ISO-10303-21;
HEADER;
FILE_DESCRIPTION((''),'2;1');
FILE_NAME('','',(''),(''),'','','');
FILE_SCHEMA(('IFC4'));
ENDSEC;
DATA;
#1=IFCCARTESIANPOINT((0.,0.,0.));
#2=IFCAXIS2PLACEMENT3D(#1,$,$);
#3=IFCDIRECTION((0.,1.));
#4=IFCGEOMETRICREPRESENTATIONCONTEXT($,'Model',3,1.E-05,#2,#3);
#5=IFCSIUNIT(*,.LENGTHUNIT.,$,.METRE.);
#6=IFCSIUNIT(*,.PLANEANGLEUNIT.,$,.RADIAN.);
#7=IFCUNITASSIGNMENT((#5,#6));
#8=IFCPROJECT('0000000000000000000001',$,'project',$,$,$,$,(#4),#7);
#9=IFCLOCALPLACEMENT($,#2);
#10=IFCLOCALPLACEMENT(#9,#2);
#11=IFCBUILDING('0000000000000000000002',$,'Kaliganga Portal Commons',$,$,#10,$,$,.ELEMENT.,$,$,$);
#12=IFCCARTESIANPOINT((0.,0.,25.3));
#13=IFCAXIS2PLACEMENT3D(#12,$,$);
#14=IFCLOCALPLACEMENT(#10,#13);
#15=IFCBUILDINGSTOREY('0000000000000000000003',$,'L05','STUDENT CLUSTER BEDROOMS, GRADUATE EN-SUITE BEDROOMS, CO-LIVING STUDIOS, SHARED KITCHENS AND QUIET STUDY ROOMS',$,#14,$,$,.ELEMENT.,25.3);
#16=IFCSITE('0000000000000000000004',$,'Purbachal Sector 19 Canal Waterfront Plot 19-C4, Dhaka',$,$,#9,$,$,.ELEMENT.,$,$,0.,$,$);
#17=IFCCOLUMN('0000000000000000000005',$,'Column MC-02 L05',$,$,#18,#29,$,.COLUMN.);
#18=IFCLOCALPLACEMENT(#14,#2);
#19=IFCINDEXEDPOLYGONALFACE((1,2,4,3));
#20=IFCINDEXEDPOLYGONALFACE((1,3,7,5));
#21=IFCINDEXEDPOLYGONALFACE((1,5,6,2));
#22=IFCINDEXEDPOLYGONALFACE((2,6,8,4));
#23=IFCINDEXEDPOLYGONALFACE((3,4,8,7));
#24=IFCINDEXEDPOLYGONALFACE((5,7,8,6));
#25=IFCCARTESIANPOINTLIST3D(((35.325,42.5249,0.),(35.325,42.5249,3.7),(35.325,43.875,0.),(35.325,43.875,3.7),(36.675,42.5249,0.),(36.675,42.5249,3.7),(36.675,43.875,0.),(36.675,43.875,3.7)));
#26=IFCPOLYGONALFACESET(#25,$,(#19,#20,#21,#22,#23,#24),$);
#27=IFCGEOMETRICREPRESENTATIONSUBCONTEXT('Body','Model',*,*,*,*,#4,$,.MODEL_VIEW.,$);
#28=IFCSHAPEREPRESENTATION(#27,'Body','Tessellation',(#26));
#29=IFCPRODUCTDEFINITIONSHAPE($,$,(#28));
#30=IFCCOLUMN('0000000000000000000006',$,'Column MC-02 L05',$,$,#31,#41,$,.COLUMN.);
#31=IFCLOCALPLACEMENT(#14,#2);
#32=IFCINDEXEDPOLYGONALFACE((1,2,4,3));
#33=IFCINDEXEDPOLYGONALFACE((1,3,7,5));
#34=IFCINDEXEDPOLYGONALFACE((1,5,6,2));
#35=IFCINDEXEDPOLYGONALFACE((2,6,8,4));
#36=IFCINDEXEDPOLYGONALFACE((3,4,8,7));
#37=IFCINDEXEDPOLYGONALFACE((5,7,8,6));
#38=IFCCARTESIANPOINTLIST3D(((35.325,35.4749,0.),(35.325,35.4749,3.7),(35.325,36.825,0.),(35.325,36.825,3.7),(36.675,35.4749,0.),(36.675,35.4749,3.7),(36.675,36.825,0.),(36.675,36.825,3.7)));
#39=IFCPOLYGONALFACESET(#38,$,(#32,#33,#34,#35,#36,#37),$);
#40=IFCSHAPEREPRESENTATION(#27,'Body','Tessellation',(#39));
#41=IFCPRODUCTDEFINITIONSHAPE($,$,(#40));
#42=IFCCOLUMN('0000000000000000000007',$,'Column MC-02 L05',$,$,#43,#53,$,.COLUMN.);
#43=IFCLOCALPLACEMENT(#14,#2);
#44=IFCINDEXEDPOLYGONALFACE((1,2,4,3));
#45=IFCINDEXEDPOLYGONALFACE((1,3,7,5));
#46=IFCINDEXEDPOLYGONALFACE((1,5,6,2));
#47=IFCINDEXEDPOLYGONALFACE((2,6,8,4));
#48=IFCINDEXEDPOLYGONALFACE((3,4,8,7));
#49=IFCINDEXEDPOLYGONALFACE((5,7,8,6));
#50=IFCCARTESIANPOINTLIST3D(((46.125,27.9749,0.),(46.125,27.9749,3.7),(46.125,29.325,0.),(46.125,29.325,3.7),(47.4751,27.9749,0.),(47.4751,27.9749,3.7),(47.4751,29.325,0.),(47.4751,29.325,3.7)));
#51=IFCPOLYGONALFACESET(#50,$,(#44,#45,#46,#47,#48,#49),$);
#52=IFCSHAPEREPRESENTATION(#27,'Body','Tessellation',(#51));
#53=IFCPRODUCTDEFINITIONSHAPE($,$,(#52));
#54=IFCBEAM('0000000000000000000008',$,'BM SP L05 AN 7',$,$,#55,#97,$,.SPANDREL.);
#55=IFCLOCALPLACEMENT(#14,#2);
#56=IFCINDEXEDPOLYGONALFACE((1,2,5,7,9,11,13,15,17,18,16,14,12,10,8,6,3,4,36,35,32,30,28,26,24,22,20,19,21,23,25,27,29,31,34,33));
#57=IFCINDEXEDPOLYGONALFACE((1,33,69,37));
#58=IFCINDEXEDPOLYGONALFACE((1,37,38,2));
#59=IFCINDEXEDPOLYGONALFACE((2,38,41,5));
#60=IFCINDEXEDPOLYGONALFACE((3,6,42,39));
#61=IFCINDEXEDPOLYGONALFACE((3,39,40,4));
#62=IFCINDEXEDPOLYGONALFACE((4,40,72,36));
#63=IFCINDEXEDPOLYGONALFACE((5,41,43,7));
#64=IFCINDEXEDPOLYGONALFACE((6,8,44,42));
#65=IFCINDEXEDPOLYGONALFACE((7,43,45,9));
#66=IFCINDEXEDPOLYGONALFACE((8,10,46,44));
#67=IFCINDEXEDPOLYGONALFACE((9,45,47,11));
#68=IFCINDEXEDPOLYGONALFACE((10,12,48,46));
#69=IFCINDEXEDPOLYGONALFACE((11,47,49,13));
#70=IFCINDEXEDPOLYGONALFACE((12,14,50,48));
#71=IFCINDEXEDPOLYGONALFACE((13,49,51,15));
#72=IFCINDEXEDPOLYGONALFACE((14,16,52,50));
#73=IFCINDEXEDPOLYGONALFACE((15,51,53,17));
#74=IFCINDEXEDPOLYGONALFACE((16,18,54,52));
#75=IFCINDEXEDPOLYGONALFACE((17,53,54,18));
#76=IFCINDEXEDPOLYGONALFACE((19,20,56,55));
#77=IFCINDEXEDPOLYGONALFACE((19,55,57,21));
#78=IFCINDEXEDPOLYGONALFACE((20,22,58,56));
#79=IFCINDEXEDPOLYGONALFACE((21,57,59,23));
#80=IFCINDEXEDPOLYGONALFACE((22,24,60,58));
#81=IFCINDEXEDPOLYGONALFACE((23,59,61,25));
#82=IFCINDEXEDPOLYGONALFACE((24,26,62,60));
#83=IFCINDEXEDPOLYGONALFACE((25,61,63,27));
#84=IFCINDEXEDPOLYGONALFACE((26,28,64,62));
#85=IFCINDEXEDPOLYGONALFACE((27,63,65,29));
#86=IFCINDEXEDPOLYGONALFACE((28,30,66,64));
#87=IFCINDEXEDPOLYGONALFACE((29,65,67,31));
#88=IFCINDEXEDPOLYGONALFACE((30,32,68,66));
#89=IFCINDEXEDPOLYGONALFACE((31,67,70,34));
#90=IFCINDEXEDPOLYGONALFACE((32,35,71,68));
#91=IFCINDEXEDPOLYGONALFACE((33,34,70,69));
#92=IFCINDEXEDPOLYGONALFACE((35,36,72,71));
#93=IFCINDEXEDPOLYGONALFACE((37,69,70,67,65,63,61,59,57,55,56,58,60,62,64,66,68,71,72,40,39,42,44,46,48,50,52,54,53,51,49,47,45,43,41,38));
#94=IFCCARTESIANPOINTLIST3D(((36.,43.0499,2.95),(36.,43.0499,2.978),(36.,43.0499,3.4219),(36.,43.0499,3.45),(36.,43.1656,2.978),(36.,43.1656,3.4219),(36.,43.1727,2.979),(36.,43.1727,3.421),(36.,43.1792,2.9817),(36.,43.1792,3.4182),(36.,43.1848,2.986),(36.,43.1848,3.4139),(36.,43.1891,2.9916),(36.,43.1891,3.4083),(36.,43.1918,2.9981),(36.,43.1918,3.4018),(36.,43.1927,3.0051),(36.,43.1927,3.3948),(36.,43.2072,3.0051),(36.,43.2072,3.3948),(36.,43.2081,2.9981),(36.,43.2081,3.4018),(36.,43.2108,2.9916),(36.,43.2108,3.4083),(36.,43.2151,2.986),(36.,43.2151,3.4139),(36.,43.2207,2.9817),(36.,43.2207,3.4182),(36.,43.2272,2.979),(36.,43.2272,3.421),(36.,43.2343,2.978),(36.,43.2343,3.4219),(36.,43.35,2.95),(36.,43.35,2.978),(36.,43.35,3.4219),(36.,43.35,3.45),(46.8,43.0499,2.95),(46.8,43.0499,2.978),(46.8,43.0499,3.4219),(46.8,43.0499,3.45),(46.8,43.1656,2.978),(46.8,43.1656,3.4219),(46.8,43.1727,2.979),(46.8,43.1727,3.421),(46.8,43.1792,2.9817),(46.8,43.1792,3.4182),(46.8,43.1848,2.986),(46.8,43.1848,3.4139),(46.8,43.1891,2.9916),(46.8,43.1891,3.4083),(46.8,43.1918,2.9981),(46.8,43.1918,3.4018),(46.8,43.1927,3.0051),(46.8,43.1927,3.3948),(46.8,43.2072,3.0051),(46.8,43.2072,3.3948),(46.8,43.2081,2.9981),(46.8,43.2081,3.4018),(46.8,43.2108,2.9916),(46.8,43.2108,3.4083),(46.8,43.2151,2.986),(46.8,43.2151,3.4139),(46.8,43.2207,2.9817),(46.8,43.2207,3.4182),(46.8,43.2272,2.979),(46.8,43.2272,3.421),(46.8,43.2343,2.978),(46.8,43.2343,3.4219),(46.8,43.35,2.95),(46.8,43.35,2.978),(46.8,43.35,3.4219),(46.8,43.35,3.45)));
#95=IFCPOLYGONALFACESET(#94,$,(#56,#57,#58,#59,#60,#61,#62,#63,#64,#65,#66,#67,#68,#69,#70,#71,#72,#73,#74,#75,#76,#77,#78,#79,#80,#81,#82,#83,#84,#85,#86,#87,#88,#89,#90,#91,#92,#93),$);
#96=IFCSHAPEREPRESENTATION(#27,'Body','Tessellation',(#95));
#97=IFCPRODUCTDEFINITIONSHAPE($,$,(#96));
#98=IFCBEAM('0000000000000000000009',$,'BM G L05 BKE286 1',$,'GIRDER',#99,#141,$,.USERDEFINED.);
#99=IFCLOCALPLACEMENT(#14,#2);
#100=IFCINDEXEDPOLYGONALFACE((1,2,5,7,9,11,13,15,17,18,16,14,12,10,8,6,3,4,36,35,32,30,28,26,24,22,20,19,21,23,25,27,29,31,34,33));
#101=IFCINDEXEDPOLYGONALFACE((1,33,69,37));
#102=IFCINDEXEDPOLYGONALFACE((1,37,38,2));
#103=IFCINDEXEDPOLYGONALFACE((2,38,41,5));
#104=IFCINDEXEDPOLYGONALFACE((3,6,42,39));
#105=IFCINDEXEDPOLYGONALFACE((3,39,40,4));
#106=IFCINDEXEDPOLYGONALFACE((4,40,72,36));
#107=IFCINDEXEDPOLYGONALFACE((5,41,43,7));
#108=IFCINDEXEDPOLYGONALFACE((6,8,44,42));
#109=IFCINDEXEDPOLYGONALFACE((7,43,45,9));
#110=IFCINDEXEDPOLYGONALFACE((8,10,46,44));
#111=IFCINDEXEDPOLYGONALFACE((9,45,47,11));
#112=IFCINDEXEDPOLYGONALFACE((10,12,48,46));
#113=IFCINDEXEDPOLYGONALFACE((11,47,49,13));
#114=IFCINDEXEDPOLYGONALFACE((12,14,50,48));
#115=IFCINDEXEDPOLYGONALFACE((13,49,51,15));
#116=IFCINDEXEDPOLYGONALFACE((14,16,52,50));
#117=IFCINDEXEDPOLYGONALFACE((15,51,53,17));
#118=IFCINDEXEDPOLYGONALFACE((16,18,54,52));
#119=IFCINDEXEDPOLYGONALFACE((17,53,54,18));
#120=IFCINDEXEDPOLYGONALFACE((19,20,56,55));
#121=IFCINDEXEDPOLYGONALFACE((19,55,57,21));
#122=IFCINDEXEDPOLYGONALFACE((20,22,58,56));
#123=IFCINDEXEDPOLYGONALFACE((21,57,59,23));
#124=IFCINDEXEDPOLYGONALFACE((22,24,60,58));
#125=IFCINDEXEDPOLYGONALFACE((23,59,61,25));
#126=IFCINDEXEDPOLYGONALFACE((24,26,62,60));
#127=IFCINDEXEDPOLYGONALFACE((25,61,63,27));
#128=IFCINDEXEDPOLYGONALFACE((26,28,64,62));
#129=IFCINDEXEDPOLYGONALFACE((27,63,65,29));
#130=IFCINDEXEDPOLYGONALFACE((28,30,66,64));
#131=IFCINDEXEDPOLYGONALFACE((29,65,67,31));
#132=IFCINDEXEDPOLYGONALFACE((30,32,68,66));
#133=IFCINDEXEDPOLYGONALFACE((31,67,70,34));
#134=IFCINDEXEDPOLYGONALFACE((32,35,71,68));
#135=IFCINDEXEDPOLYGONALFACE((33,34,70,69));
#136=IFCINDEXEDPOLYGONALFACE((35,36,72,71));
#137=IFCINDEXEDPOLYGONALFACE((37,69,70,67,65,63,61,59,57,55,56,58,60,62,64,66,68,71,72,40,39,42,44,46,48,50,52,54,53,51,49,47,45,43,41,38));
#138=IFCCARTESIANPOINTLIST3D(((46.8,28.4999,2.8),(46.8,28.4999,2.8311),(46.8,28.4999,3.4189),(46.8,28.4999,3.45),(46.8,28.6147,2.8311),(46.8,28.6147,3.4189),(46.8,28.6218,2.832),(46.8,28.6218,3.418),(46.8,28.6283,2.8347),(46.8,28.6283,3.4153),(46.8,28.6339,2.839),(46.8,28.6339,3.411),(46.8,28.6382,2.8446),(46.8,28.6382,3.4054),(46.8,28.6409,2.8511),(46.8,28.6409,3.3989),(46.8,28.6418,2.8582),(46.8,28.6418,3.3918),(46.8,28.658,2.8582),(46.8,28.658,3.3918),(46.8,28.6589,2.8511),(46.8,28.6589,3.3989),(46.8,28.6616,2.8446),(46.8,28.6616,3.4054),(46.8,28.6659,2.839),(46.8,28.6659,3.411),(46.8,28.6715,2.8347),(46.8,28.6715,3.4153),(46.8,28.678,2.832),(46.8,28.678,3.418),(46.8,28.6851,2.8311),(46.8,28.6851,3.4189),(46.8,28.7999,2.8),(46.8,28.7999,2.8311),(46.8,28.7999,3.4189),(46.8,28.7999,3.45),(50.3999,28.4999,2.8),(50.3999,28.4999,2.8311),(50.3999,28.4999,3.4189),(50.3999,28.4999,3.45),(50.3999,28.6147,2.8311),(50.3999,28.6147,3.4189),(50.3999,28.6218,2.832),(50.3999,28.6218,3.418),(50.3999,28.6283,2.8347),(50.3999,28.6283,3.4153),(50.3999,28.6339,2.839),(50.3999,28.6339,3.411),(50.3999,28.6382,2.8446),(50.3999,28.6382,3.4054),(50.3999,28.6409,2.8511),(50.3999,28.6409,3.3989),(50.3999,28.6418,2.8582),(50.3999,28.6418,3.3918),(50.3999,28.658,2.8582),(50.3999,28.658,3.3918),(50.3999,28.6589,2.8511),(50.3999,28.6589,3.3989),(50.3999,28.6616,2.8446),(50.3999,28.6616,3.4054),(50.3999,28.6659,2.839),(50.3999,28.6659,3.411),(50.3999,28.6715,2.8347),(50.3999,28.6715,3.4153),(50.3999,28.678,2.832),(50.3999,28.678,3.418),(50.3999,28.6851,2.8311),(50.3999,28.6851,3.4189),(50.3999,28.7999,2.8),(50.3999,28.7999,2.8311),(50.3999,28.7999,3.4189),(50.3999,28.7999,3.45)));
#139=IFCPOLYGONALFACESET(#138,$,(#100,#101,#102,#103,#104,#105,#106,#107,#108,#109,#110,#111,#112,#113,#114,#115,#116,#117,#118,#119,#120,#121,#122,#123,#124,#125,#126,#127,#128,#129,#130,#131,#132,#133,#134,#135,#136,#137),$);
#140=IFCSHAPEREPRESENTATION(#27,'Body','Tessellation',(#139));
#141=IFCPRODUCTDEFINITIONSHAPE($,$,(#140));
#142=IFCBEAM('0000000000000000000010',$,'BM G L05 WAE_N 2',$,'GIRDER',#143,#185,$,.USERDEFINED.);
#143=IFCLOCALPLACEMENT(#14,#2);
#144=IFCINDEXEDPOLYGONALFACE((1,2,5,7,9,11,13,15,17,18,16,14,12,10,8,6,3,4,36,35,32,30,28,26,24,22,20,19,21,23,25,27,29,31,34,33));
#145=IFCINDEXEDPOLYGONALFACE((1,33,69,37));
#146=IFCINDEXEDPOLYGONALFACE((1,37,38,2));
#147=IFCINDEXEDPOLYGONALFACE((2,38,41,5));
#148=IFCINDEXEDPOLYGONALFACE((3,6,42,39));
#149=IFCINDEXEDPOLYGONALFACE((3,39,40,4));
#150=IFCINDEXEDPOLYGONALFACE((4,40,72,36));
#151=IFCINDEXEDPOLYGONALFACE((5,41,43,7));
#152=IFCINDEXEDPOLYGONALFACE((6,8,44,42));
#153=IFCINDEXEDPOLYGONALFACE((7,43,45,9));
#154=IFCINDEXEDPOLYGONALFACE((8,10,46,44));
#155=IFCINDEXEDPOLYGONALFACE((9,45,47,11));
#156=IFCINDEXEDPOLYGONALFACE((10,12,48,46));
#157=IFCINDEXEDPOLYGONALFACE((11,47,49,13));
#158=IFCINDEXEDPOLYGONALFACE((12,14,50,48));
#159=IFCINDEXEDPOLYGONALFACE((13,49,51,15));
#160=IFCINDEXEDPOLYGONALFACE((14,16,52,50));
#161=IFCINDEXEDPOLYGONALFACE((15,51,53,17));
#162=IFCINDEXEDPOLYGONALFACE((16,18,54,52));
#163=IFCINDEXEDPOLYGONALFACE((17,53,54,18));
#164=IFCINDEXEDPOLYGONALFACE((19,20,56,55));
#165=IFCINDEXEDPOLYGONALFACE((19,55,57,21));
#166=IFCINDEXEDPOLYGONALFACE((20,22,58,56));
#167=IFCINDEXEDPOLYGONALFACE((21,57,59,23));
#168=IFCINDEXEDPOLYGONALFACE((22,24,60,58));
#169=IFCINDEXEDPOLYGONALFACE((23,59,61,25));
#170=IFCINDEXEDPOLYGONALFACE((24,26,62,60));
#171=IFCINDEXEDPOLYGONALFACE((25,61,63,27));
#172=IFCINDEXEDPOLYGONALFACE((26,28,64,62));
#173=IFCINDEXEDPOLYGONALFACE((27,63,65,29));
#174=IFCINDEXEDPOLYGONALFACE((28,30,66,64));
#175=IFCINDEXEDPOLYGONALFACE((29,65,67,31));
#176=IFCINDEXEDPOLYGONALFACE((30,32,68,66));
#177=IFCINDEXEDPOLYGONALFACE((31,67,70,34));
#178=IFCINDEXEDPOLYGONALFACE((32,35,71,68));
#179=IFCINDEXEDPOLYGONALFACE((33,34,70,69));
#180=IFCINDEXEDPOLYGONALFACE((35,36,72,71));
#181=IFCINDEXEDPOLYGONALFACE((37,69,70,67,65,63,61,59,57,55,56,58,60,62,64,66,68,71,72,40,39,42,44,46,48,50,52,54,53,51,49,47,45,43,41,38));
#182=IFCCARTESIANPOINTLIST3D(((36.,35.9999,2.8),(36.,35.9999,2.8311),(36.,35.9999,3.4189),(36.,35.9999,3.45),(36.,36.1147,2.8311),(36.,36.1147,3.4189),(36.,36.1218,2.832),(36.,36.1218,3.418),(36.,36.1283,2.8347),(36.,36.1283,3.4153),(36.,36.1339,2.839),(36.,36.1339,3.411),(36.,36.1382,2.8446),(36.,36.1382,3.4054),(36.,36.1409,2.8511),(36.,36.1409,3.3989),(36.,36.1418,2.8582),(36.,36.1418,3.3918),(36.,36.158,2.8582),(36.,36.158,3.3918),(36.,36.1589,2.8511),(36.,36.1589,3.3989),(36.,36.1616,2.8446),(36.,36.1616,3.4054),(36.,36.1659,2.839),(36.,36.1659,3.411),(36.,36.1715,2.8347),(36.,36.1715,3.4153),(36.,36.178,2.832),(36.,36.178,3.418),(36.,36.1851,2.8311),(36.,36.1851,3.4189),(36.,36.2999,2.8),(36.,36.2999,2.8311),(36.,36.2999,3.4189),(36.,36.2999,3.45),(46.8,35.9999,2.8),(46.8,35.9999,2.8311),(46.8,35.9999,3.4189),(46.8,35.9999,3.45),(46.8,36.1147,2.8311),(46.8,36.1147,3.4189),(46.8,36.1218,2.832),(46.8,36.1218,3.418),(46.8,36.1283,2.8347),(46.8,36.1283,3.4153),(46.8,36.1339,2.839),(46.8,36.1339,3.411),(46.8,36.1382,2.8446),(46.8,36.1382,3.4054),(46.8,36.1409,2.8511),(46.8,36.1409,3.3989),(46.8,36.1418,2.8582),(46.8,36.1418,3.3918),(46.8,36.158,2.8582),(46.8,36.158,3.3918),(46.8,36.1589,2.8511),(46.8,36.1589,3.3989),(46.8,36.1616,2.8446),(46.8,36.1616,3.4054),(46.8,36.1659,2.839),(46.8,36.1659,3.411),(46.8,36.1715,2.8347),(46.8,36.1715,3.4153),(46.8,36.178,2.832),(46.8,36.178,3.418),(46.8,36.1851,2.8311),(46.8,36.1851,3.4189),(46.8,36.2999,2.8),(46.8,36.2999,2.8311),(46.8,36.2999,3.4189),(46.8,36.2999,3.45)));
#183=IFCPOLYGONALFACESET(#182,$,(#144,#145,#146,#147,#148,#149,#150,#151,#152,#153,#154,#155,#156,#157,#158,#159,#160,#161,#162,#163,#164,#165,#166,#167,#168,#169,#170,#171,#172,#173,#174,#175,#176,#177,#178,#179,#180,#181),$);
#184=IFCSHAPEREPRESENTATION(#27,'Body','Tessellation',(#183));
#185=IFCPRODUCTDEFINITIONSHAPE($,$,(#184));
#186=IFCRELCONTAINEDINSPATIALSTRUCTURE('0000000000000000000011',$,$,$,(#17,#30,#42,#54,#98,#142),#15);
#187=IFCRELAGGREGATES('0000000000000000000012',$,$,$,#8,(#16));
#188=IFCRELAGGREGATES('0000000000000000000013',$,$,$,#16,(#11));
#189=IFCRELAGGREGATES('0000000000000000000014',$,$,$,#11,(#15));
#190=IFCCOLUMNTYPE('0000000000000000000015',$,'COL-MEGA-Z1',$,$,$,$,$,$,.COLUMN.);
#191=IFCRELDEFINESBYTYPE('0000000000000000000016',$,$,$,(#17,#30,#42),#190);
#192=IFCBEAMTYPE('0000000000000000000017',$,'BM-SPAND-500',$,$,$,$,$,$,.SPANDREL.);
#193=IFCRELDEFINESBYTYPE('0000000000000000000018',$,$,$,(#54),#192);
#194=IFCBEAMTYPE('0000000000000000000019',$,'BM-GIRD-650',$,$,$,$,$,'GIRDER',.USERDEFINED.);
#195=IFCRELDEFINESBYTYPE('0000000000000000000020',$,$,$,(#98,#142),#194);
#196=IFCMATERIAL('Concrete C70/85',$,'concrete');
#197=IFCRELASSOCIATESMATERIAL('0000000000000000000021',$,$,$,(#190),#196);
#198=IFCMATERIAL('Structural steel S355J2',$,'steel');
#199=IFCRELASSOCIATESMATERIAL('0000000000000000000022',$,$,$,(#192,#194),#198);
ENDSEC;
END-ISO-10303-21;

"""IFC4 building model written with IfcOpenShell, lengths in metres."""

from ifc_helpers import new_model, si_unit, direction, frame, origin, origin_2d, place, context, subcontext, project, spatial, rectangle, i_section, extrude, source, transform, mapped, material, material_profile, profile_set, type_object, element, save


model = new_model("IFC4")

# Units and contexts
model_context = context("Model", 3, precision=1e-05, world=origin(), true_north=direction((0.0, 1.0)))
body_context = subcontext(model_context, "Body", "Model", "MODEL_VIEW")
ifc_project = project(units=[si_unit("LENGTHUNIT", "METRE"), si_unit("PLANEANGLEUNIT", "RADIAN")], contexts=[model_context])

# Site, building, storey
site_placement = place(None, origin())
site = spatial("IfcSite", under=ifc_project, at=site_placement, Name="Purbachal Sector 19 Canal Waterfront Plot 19-C4, Dhaka", CompositionType="ELEMENT", RefElevation=0.0)
building_placement = place(site_placement, origin())
building = spatial("IfcBuilding", under=site, at=building_placement, Name="Kaliganga Portal Commons", CompositionType="ELEMENT")
storey_placement = place(building_placement, frame((0.0, 0.0, 25.3)))
storey = spatial("IfcBuildingStorey", under=building, at=storey_placement, Name="L05", Description="STUDENT CLUSTER BEDROOMS, GRADUATE EN-SUITE BEDROOMS, CO-LIVING STUDIOS, SHARED KITCHENS AND QUIET STUDY ROOMS", CompositionType="ELEMENT", Elevation=25.3)

# Columns
ifc_material_1 = material(Name="Concrete C70/85", Category="concrete")
ifc_material_profile_1 = material_profile(ifc_material_1, rectangle(XDim=1.3501, YDim=1.3501, at=origin_2d()), Name="RC 1350x1350")
ifc_profile_set_1 = profile_set([ifc_material_profile_1], Name="Concrete C70/85")
column_type = type_object("IfcColumnType", Name="COL-MEGA-Z1", PredefinedType="COLUMN", material=ifc_profile_set_1)
shared_shape_1 = source(origin(), body_context, "Body", "SweptSolid", [
    extrude(rectangle(XDim=1.3501, YDim=1.3501, at=origin_2d()), origin(), (0.0, 0.0, 1.0), 3.7),
])
for number, where, z_axis, x_axis, name in (
    (1, (36.0, 43.2, 0.0), (0.0, 0.0, 1.0), (1.0, 0.0, 0.0), "Column MC-02 L05"),
    (2, (36.0, 36.1499, 0.0), (0.0, 0.0, 1.0), (1.0, 0.0, 0.0), "Column MC-02 L05"),
    (3, (46.8, 28.6499, 0.0), (0.0, 0.0, 1.0), (1.0, 0.0, 0.0), "Column MC-02 L05"),
):
    element("IfcColumn", number, at=place(storey_placement, frame(where, z_axis=z_axis, x_axis=x_axis)), inside=storey, type_object=column_type, Name=name, PredefinedType="COLUMN", context=body_context, shape_type="MappedRepresentation", body=[
        mapped(shared_shape_1, transform((0.0, 0.0, 0.0), x_axis=(1.0, 0.0, 0.0), y_axis=(0.0, 1.0, 0.0), z_axis=(0.0, 0.0, 1.0), scale=1.0)),
    ])

# Beams
ifc_material_2 = material(Name="Structural steel S355J2", Category="steel")
ifc_material_profile_2 = material_profile(ifc_material_2, i_section(OverallWidth=0.3, OverallDepth=0.5, WebThickness=0.0144, FlangeThickness=0.0281, FilletRadius=0.0271, at=origin_2d()), Name="HE 500 B")
ifc_profile_set_2 = profile_set([ifc_material_profile_2], Name="Structural steel S355J2 wide-flange")
beam_type_1 = type_object("IfcBeamType", Name="BM-SPAND-500", PredefinedType="SPANDREL", material=ifc_profile_set_2)
shared_shape_2 = source(origin(), body_context, "Body", "SweptSolid", [
    extrude(i_section(OverallWidth=0.3, OverallDepth=0.5, WebThickness=0.0144, FlangeThickness=0.0281, FilletRadius=0.0271, at=origin_2d()), origin(), (0.0, 0.0, 1.0), 10.8),
])
beam_1_placement = place(storey_placement, frame((36.0, 43.2, 3.2), z_axis=(1.0, 0.0, 0.0), x_axis=(0.0, 1.0, 0.0)))
element("IfcBeam", 4, at=beam_1_placement, inside=storey, type_object=beam_type_1, Name="BM SP L05 AN 7", PredefinedType="SPANDREL", context=body_context, shape_type="MappedRepresentation", body=[
    mapped(shared_shape_2, transform((0.0, 0.0, 0.0), x_axis=(1.0, 0.0, 0.0), y_axis=(0.0, 1.0, 0.0), z_axis=(0.0, 0.0, 1.0), scale=1.0)),
])
ifc_material_profile_3 = material_profile(ifc_material_2, i_section(OverallWidth=0.3, OverallDepth=0.6499, WebThickness=0.0161, FlangeThickness=0.031, FilletRadius=0.0271, at=origin_2d()), Name="HE 650 B")
ifc_profile_set_3 = profile_set([ifc_material_profile_3], Name="Structural steel S355J2 wide-flange")
beam_type_2 = type_object("IfcBeamType", Name="BM-GIRD-650", ElementType="GIRDER", PredefinedType="USERDEFINED", material=ifc_profile_set_3)
shared_shape_3 = source(origin(), body_context, "Body", "SweptSolid", [
    extrude(i_section(OverallWidth=0.3, OverallDepth=0.6499, WebThickness=0.0161, FlangeThickness=0.031, FilletRadius=0.0271, at=origin_2d()), origin(), (0.0, 0.0, 1.0), 3.5999),
])
beam_2_placement = place(storey_placement, frame((46.8, 28.6499, 3.125), z_axis=(1.0, 0.0, 0.0), x_axis=(0.0, 1.0, 0.0)))
element("IfcBeam", 5, at=beam_2_placement, inside=storey, type_object=beam_type_2, Name="BM G L05 BKE286 1", ObjectType="GIRDER", PredefinedType="USERDEFINED", context=body_context, shape_type="MappedRepresentation", body=[
    mapped(shared_shape_3, transform((0.0, 0.0, 0.0), x_axis=(1.0, 0.0, 0.0), y_axis=(0.0, 1.0, 0.0), z_axis=(0.0, 0.0, 1.0), scale=1.0)),
])
shared_shape_4 = source(origin(), body_context, "Body", "SweptSolid", [
    extrude(i_section(OverallWidth=0.3, OverallDepth=0.6499, WebThickness=0.0161, FlangeThickness=0.031, FilletRadius=0.0271, at=origin_2d()), origin(), (0.0, 0.0, 1.0), 10.8),
])
beam_3_placement = place(storey_placement, frame((36.0, 36.1499, 3.125), z_axis=(1.0, 0.0, 0.0), x_axis=(0.0, 1.0, 0.0)))
element("IfcBeam", 6, at=beam_3_placement, inside=storey, type_object=beam_type_2, Name="BM G L05 WAE_N 2", ObjectType="GIRDER", PredefinedType="USERDEFINED", context=body_context, shape_type="MappedRepresentation", body=[
    mapped(shared_shape_4, transform((0.0, 0.0, 0.0), x_axis=(1.0, 0.0, 0.0), y_axis=(0.0, 1.0, 0.0), z_axis=(0.0, 0.0, 1.0), scale=1.0)),
])

save(model, "model.ifc")
